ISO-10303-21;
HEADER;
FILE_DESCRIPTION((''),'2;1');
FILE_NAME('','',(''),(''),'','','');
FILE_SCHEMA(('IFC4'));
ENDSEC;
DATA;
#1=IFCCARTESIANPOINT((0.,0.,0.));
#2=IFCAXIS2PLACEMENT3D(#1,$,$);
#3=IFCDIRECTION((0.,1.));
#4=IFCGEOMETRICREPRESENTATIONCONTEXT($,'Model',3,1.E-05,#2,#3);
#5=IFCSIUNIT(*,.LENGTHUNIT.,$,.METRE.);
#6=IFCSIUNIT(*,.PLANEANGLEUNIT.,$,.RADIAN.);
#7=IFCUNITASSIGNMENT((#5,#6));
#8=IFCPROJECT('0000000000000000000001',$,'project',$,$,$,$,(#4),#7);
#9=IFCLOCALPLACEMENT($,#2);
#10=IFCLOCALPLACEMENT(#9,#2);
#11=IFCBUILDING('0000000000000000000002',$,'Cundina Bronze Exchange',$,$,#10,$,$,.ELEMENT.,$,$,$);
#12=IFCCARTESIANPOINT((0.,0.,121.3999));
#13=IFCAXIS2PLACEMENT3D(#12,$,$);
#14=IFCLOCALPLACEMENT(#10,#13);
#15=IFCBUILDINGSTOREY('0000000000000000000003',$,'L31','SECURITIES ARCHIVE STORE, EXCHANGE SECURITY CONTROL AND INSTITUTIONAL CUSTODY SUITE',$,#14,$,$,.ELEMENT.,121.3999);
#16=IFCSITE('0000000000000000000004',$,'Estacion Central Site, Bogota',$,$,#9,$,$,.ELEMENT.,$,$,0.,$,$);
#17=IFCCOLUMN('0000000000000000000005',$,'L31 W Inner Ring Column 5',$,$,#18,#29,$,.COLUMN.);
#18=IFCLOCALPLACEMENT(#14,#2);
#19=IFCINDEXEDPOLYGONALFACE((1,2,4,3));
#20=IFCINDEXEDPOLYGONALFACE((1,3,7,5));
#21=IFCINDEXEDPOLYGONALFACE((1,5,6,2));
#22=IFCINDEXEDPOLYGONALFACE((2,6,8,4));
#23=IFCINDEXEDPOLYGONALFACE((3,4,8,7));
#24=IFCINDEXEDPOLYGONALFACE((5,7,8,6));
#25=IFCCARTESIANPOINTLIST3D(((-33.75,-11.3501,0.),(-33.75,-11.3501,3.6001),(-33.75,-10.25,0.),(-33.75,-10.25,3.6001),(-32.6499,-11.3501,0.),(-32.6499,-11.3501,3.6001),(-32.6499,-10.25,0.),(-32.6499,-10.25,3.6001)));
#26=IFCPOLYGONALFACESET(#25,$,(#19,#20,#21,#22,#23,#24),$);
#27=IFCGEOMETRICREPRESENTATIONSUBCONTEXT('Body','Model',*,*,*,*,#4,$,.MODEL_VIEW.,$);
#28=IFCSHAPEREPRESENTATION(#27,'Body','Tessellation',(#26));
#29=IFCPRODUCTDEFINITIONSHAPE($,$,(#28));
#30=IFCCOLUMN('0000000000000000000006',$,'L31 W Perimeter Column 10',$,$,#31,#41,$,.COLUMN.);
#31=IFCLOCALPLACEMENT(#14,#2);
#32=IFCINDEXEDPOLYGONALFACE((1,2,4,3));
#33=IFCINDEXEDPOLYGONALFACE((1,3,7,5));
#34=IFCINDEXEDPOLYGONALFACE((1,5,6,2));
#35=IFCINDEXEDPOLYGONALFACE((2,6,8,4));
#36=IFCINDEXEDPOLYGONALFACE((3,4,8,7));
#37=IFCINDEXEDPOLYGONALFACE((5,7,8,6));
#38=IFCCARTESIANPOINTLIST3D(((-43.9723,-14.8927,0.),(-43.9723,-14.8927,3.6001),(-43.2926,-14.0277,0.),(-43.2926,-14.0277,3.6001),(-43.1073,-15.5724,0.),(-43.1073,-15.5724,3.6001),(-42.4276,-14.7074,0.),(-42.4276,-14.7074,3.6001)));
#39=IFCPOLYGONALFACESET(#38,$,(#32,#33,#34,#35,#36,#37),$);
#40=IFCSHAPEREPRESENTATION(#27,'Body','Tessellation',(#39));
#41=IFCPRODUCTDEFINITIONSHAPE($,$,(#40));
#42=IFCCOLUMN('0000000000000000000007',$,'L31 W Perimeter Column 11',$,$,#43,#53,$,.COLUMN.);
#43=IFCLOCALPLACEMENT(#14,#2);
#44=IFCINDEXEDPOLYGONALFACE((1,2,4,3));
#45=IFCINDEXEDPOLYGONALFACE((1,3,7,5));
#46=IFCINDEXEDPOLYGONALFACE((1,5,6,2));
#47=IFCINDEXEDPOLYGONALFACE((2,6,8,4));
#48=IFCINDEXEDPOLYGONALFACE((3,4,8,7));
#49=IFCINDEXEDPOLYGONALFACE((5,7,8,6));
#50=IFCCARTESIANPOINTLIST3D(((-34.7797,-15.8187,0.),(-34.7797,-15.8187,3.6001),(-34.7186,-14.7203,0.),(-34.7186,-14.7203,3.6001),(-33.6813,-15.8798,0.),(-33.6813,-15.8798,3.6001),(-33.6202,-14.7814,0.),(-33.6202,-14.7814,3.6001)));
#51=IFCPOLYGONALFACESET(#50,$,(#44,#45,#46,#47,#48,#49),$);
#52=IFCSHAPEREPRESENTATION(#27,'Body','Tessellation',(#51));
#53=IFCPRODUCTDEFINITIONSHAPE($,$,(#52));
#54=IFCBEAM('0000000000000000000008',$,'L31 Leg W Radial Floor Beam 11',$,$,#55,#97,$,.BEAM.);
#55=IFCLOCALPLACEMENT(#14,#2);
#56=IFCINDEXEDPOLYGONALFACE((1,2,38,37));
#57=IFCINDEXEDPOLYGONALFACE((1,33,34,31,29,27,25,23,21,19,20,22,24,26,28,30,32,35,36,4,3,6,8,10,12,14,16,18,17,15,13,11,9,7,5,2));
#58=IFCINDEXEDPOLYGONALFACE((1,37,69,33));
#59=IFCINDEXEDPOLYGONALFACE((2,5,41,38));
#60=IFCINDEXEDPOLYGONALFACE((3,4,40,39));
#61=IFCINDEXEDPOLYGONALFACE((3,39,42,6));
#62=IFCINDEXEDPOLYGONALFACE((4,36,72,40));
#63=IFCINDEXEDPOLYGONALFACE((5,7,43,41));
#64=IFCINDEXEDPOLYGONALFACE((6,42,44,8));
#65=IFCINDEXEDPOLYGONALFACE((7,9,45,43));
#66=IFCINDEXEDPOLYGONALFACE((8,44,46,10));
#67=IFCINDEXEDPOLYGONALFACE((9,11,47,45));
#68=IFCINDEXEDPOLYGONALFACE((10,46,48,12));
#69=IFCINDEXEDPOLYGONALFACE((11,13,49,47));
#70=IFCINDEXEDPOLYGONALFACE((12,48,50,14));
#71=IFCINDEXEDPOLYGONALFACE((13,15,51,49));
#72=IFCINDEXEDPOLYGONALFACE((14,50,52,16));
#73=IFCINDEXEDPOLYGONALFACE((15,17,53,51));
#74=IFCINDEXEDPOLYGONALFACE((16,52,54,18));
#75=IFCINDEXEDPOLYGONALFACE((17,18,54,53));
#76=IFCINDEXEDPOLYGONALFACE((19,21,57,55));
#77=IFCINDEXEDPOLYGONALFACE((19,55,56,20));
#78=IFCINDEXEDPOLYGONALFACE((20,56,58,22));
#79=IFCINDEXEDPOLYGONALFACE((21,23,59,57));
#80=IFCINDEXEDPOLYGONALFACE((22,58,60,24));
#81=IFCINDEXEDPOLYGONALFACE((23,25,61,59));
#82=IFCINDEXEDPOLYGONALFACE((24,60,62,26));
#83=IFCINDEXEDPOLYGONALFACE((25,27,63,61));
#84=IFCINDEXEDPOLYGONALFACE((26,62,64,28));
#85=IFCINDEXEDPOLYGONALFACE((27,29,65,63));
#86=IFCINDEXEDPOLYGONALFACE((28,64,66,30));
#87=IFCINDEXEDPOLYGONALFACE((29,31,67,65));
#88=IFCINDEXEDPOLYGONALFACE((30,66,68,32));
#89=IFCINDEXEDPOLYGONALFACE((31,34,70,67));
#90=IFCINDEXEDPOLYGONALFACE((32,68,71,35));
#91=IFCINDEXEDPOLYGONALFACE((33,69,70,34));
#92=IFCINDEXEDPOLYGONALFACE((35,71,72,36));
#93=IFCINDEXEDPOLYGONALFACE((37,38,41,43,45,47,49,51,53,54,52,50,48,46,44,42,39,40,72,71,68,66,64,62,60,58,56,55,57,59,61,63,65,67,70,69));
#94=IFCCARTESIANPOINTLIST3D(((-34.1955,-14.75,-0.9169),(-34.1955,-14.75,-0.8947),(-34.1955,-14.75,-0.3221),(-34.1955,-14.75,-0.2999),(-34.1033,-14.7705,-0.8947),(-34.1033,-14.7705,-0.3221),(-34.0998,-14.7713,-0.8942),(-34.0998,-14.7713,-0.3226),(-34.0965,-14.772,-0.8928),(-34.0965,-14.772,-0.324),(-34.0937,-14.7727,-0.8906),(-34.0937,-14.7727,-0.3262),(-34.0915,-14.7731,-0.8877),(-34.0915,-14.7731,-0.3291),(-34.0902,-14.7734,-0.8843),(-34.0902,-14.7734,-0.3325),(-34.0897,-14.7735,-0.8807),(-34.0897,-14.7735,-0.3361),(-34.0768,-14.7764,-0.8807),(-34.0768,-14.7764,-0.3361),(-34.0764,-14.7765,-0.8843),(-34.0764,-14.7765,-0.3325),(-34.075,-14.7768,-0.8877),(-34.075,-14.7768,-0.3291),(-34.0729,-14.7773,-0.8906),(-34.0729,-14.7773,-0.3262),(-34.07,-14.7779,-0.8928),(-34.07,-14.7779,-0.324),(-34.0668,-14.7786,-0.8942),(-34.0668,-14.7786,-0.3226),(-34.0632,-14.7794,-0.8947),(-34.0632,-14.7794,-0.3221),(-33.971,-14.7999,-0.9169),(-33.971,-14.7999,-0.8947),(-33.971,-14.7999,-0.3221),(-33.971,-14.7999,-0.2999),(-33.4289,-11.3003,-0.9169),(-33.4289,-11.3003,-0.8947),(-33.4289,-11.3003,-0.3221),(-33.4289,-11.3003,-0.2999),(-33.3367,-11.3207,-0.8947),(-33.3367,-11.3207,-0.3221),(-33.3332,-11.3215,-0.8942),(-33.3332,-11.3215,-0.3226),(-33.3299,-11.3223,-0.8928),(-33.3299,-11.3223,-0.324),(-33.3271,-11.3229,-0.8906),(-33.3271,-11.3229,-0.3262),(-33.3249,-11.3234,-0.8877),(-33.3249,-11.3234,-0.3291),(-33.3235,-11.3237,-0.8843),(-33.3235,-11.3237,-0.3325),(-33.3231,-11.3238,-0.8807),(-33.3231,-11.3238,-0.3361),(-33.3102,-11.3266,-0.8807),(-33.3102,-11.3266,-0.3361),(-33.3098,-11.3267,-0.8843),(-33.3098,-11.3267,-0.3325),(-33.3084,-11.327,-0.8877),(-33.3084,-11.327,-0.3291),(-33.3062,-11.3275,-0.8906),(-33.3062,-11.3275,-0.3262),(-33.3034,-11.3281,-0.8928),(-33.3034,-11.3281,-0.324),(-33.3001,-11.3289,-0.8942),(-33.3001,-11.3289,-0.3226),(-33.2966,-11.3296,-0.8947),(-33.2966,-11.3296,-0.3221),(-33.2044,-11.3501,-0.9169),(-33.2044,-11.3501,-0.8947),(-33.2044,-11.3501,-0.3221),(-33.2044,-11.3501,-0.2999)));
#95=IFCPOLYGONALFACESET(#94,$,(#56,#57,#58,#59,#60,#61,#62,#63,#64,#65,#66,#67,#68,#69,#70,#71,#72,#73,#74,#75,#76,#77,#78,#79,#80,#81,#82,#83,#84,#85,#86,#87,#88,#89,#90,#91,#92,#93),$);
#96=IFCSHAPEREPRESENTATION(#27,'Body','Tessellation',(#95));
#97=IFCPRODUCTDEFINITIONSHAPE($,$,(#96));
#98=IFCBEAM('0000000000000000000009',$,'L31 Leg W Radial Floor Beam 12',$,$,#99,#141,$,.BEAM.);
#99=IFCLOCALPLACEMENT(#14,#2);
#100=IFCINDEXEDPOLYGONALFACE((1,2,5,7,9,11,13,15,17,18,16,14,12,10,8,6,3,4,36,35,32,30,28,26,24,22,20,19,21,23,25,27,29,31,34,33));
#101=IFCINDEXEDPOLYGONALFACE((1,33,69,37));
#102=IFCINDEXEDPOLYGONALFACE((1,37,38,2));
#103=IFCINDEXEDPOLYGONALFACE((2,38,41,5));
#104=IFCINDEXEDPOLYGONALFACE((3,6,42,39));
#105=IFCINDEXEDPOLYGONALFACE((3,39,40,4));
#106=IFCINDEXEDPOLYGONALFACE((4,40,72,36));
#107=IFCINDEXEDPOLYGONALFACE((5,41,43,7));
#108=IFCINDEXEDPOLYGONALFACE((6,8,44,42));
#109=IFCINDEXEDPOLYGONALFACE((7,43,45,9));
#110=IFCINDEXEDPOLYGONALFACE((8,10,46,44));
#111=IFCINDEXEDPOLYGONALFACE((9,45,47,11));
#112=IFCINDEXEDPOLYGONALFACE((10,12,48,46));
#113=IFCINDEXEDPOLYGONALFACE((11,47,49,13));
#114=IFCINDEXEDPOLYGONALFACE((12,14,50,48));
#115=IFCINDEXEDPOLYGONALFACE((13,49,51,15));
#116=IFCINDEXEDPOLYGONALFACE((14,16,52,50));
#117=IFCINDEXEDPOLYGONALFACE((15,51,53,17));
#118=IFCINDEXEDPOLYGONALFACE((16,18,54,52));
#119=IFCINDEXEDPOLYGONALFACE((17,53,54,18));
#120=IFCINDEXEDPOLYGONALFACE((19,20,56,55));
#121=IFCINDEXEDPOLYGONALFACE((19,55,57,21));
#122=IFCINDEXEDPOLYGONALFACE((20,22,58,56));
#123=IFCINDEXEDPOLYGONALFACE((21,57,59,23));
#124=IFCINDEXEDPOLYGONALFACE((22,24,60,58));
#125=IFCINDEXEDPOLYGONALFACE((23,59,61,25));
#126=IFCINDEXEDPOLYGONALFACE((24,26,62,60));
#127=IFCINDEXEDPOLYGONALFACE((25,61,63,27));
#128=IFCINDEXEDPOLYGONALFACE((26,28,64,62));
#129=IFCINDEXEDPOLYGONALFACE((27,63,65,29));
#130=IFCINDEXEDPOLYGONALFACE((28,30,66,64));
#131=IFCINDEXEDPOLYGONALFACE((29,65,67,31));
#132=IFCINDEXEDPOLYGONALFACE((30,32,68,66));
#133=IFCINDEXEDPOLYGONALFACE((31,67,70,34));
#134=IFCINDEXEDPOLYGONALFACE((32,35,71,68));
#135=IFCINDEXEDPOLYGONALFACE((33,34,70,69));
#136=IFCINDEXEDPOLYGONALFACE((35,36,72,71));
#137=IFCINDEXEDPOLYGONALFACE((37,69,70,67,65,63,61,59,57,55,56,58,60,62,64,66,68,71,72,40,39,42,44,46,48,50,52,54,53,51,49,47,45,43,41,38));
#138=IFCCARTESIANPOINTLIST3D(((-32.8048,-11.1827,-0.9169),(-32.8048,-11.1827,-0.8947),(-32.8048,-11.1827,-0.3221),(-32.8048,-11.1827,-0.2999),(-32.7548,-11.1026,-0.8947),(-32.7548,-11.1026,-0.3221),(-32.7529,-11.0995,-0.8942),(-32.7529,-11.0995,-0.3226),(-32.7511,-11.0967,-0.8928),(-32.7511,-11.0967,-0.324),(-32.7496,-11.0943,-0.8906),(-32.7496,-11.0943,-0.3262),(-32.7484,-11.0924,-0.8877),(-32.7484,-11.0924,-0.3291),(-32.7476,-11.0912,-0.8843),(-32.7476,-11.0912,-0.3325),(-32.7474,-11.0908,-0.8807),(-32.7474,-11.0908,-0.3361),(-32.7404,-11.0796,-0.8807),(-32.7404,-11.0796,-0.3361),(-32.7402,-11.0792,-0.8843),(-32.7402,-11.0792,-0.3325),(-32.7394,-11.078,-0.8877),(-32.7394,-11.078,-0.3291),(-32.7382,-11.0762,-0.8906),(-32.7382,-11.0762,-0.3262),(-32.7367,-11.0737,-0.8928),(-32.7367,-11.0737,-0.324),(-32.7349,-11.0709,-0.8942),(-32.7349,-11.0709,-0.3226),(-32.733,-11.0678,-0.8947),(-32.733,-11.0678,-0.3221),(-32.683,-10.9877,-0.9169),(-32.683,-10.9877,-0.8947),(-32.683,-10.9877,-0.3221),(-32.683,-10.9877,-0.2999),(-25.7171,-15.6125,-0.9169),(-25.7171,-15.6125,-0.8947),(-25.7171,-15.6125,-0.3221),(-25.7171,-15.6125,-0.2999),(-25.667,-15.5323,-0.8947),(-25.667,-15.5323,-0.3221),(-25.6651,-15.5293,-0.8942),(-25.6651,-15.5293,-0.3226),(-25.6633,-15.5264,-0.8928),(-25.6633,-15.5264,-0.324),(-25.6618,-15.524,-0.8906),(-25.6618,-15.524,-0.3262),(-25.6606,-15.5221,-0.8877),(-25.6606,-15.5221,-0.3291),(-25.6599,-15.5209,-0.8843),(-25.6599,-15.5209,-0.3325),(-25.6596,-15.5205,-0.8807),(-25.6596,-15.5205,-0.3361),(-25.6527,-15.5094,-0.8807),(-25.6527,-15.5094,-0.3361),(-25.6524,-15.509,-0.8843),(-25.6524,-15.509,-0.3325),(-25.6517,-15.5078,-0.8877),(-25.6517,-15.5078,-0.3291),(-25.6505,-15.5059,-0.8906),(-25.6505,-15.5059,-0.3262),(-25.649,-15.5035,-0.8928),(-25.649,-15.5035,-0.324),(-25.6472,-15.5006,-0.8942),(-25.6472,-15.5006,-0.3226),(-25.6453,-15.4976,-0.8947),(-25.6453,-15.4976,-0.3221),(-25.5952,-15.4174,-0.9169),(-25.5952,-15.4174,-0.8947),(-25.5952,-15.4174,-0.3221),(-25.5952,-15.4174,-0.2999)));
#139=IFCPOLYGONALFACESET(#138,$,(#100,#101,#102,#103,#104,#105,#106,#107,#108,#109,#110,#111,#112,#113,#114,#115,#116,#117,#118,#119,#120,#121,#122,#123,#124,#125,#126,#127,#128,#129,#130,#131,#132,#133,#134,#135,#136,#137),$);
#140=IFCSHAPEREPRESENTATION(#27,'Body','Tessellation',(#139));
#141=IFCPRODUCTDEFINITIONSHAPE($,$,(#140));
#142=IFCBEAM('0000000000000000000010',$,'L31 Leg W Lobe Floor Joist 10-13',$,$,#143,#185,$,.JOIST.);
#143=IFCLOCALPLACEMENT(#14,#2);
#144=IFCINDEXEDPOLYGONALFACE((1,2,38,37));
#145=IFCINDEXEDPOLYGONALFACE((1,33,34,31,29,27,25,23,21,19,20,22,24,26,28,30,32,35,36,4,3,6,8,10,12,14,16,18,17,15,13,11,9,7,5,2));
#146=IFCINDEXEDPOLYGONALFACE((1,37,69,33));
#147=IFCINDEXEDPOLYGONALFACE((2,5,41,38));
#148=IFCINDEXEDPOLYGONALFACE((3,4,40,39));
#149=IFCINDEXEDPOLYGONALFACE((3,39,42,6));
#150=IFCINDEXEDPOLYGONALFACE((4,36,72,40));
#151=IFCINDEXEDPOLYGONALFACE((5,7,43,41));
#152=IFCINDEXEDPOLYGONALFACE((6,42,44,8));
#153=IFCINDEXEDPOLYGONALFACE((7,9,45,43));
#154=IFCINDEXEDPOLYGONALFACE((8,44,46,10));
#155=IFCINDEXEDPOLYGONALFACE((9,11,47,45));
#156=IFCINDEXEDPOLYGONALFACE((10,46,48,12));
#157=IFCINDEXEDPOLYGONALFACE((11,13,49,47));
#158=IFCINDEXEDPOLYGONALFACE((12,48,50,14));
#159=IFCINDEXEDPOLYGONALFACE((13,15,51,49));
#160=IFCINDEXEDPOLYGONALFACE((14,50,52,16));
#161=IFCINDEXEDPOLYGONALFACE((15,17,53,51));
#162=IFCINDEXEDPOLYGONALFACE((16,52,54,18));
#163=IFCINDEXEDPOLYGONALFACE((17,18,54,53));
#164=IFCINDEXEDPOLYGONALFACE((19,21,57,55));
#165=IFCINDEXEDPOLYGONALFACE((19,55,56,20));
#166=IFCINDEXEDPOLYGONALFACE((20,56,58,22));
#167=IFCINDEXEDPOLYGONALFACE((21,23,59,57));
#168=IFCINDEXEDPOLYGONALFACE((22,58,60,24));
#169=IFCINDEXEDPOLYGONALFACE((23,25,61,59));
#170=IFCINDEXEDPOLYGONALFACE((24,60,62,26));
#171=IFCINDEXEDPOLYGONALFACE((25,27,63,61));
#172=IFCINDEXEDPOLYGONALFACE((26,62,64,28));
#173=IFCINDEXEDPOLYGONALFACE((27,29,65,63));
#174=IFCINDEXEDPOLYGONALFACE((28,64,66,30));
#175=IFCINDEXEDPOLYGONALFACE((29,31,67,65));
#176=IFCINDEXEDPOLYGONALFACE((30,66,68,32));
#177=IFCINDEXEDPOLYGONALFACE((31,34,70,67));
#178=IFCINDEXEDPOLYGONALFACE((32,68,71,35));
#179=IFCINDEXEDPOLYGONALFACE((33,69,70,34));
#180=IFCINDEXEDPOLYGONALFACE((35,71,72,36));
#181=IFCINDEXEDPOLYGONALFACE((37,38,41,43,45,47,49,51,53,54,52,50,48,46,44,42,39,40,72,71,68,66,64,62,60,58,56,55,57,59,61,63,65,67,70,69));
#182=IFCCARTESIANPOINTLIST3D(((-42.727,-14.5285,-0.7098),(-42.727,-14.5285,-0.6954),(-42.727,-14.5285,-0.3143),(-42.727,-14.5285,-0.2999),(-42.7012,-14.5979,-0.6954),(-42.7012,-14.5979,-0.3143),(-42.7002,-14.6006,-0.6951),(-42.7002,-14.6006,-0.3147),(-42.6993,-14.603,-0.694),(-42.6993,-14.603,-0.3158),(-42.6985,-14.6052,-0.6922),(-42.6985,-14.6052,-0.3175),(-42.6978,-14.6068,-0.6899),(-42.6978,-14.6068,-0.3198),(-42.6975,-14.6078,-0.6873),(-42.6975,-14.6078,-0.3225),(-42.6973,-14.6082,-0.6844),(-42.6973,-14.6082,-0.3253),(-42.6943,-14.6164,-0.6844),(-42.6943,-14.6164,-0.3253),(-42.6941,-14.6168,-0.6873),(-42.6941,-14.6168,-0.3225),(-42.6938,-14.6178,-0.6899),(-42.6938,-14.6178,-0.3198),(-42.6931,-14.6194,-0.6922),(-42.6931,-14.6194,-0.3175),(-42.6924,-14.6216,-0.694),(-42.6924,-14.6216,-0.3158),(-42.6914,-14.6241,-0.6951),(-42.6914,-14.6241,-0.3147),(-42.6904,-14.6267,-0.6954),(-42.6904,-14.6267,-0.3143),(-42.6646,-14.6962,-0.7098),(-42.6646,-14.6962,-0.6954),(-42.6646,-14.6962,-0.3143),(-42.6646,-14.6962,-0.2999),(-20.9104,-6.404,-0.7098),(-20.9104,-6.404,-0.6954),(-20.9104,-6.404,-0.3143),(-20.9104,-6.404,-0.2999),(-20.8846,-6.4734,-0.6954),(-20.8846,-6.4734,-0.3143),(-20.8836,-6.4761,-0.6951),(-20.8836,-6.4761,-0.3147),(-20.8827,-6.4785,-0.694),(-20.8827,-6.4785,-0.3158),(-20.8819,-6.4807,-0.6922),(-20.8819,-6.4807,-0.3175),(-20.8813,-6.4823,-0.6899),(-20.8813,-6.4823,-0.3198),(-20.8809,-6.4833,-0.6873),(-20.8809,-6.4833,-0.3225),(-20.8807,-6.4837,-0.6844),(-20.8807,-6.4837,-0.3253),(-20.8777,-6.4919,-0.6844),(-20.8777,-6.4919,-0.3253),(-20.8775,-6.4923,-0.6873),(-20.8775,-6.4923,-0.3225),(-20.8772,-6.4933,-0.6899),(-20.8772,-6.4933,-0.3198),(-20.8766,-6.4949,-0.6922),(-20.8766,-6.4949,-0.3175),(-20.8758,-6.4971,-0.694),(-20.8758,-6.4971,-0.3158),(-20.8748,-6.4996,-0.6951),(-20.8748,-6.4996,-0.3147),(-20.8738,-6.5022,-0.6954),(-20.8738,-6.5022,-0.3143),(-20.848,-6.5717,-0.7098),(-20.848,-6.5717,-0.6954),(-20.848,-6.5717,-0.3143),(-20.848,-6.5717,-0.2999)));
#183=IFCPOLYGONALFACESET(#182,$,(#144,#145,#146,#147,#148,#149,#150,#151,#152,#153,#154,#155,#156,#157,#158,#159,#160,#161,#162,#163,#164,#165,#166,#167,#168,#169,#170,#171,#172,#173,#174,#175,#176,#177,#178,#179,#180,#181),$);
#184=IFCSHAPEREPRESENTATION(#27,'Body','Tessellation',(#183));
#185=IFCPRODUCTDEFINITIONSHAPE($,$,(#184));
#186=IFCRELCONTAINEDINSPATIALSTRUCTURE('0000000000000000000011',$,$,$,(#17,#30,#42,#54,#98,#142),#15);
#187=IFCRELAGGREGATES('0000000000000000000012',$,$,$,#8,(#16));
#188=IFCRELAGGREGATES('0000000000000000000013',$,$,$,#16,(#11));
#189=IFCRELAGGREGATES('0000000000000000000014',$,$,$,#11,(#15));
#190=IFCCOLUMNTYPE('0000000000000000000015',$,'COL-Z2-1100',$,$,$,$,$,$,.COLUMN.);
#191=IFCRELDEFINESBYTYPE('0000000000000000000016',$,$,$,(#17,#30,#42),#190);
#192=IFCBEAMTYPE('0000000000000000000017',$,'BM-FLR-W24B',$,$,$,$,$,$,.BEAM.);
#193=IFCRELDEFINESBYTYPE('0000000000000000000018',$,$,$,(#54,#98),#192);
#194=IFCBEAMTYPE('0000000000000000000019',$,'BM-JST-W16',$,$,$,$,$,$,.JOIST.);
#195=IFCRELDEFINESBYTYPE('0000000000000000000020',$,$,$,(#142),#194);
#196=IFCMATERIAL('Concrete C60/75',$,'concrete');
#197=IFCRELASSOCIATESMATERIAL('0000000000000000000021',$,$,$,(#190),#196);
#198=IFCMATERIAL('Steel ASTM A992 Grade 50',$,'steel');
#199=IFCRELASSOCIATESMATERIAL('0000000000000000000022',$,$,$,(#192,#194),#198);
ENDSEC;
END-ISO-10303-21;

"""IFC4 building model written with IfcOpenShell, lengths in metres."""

from ifc_helpers import new_model, si_unit, direction, frame, origin, origin_2d, place, context, subcontext, project, spatial, rectangle, i_section, extrude, material, material_profile, profile_set, type_object, element, save


model = new_model("IFC4")

# Units and contexts
model_context = context("Model", 3, precision=1e-05, world=origin(), true_north=direction((0.0, 1.0)))
body_context = subcontext(model_context, "Body", "Model", "MODEL_VIEW")
ifc_project = project(units=[si_unit("LENGTHUNIT", "METRE"), si_unit("PLANEANGLEUNIT", "RADIAN")], contexts=[model_context])

# Site, building, storey
site_placement = place(None, origin())
site = spatial("IfcSite", under=ifc_project, at=site_placement, Name="Estacion Central Site, Bogota", CompositionType="ELEMENT", RefElevation=0.0)
building_placement = place(site_placement, origin())
building = spatial("IfcBuilding", under=site, at=building_placement, Name="Cundina Bronze Exchange", CompositionType="ELEMENT")
storey_placement = place(building_placement, frame((0.0, 0.0, 121.3999)))
storey = spatial("IfcBuildingStorey", under=building, at=storey_placement, Name="L31", Description="SECURITIES ARCHIVE STORE, EXCHANGE SECURITY CONTROL AND INSTITUTIONAL CUSTODY SUITE", CompositionType="ELEMENT", Elevation=121.3999)

# Columns
ifc_material_1 = material(Name="Concrete C60/75", Category="concrete")
ifc_material_profile_1 = material_profile(ifc_material_1, rectangle(XDim=1.1001, YDim=1.1001, at=origin_2d()), Name="RC1100X1100", Category="concrete")
ifc_profile_set_1 = profile_set([ifc_material_profile_1], Name="Concrete C60/75")
column_type = type_object("IfcColumnType", Name="COL-Z2-1100", PredefinedType="COLUMN", material=ifc_profile_set_1)
for number, where, z_axis, x_axis, name in (
    (1, (-33.2, -10.8, 0.0), (0.0, 0.0, 1.0), (1.0, 0.0, 0.0), "L31 W Inner Ring Column 5"),
    (2, (-43.2, -14.8, 0.0), (0.0, 0.0, 1.0), (0.786288, -0.61786, 0.0), "L31 W Perimeter Column 10"),
    (3, (-34.2, -15.3, 0.0), (0.0, 0.0, 1.0), (0.99846, -0.055473, 0.0), "L31 W Perimeter Column 11"),
):
    element("IfcColumn", number, at=place(storey_placement, frame(where, z_axis=z_axis, x_axis=x_axis)), inside=storey, type_object=column_type, Name=name, PredefinedType="COLUMN", context=body_context, shape_type="SweptSolid", body=[
        extrude(rectangle(XDim=1.1001, YDim=1.1001, at=origin_2d()), origin(), (0.0, 0.0, 1.0), 3.6001),
    ])

# Beams
ifc_material_2 = material(Name="Steel ASTM A992 Grade 50", Category="steel")
ifc_material_profile_2 = material_profile(ifc_material_2, i_section(OverallWidth=0.23, OverallDepth=0.6169, WebThickness=0.0132, FlangeThickness=0.0222, FilletRadius=0.0139, at=origin_2d()), Name="W24X94", Category="steel")
ifc_profile_set_2 = profile_set([ifc_material_profile_2], Name="Steel ASTM A992 Grade 50")
beam_type_1 = type_object("IfcBeamType", Name="BM-FLR-W24B", PredefinedType="BEAM", material=ifc_profile_set_2)
beam_1_placement = place(storey_placement, frame((-33.3167, -11.3252, -0.6084), z_axis=(-0.21693, -0.976187, 0.0), x_axis=(0.976187, -0.21693, 0.0)))
element("IfcBeam", 4, at=beam_1_placement, inside=storey, type_object=beam_type_1, Name="L31 Leg W Radial Floor Beam 11", PredefinedType="BEAM", context=body_context, shape_type="SweptSolid", body=[
    extrude(i_section(OverallWidth=0.23, OverallDepth=0.6169, WebThickness=0.0132, FlangeThickness=0.0222, FilletRadius=0.0139, at=origin_2d()), origin(), (0.0, 0.0, 1.0), 3.5339),
])
beam_2_placement = place(storey_placement, frame((-32.7439, -11.0852, -0.6084), z_axis=(0.848003, -0.529991, 0.0), x_axis=(0.529991, 0.848003, 0.0)))
element("IfcBeam", 5, at=beam_2_placement, inside=storey, type_object=beam_type_1, Name="L31 Leg W Radial Floor Beam 12", PredefinedType="BEAM", context=body_context, shape_type="SweptSolid", body=[
    extrude(i_section(OverallWidth=0.23, OverallDepth=0.6169, WebThickness=0.0132, FlangeThickness=0.0222, FilletRadius=0.0139, at=origin_2d()), origin(), (0.0, 0.0, 1.0), 8.3582),
])
ifc_material_profile_3 = material_profile(ifc_material_2, i_section(OverallWidth=0.179, OverallDepth=0.4099, WebThickness=0.0088, FlangeThickness=0.0144, FilletRadius=0.011, at=origin_2d()), Name="W16X45", Category="steel")
ifc_profile_set_3 = profile_set([ifc_material_profile_3], Name="Steel ASTM A992 Grade 50")
beam_type_2 = type_object("IfcBeamType", Name="BM-JST-W16", PredefinedType="JOIST", material=ifc_profile_set_3)
beam_3_placement = place(storey_placement, frame((-42.6958, -14.6123, -0.5049), z_axis=(0.937128, 0.348986, 0.0), x_axis=(-0.348986, 0.937128, 0.0)))
element("IfcBeam", 6, at=beam_3_placement, inside=storey, type_object=beam_type_2, Name="L31 Leg W Lobe Floor Joist 10-13", PredefinedType="JOIST", context=body_context, shape_type="SweptSolid", body=[
    extrude(i_section(OverallWidth=0.179, OverallDepth=0.4099, WebThickness=0.0088, FlangeThickness=0.0144, FilletRadius=0.011, at=origin_2d()), origin(), (0.0, 0.0, 1.0), 23.2803),
])

save(model, "model.ifc")
